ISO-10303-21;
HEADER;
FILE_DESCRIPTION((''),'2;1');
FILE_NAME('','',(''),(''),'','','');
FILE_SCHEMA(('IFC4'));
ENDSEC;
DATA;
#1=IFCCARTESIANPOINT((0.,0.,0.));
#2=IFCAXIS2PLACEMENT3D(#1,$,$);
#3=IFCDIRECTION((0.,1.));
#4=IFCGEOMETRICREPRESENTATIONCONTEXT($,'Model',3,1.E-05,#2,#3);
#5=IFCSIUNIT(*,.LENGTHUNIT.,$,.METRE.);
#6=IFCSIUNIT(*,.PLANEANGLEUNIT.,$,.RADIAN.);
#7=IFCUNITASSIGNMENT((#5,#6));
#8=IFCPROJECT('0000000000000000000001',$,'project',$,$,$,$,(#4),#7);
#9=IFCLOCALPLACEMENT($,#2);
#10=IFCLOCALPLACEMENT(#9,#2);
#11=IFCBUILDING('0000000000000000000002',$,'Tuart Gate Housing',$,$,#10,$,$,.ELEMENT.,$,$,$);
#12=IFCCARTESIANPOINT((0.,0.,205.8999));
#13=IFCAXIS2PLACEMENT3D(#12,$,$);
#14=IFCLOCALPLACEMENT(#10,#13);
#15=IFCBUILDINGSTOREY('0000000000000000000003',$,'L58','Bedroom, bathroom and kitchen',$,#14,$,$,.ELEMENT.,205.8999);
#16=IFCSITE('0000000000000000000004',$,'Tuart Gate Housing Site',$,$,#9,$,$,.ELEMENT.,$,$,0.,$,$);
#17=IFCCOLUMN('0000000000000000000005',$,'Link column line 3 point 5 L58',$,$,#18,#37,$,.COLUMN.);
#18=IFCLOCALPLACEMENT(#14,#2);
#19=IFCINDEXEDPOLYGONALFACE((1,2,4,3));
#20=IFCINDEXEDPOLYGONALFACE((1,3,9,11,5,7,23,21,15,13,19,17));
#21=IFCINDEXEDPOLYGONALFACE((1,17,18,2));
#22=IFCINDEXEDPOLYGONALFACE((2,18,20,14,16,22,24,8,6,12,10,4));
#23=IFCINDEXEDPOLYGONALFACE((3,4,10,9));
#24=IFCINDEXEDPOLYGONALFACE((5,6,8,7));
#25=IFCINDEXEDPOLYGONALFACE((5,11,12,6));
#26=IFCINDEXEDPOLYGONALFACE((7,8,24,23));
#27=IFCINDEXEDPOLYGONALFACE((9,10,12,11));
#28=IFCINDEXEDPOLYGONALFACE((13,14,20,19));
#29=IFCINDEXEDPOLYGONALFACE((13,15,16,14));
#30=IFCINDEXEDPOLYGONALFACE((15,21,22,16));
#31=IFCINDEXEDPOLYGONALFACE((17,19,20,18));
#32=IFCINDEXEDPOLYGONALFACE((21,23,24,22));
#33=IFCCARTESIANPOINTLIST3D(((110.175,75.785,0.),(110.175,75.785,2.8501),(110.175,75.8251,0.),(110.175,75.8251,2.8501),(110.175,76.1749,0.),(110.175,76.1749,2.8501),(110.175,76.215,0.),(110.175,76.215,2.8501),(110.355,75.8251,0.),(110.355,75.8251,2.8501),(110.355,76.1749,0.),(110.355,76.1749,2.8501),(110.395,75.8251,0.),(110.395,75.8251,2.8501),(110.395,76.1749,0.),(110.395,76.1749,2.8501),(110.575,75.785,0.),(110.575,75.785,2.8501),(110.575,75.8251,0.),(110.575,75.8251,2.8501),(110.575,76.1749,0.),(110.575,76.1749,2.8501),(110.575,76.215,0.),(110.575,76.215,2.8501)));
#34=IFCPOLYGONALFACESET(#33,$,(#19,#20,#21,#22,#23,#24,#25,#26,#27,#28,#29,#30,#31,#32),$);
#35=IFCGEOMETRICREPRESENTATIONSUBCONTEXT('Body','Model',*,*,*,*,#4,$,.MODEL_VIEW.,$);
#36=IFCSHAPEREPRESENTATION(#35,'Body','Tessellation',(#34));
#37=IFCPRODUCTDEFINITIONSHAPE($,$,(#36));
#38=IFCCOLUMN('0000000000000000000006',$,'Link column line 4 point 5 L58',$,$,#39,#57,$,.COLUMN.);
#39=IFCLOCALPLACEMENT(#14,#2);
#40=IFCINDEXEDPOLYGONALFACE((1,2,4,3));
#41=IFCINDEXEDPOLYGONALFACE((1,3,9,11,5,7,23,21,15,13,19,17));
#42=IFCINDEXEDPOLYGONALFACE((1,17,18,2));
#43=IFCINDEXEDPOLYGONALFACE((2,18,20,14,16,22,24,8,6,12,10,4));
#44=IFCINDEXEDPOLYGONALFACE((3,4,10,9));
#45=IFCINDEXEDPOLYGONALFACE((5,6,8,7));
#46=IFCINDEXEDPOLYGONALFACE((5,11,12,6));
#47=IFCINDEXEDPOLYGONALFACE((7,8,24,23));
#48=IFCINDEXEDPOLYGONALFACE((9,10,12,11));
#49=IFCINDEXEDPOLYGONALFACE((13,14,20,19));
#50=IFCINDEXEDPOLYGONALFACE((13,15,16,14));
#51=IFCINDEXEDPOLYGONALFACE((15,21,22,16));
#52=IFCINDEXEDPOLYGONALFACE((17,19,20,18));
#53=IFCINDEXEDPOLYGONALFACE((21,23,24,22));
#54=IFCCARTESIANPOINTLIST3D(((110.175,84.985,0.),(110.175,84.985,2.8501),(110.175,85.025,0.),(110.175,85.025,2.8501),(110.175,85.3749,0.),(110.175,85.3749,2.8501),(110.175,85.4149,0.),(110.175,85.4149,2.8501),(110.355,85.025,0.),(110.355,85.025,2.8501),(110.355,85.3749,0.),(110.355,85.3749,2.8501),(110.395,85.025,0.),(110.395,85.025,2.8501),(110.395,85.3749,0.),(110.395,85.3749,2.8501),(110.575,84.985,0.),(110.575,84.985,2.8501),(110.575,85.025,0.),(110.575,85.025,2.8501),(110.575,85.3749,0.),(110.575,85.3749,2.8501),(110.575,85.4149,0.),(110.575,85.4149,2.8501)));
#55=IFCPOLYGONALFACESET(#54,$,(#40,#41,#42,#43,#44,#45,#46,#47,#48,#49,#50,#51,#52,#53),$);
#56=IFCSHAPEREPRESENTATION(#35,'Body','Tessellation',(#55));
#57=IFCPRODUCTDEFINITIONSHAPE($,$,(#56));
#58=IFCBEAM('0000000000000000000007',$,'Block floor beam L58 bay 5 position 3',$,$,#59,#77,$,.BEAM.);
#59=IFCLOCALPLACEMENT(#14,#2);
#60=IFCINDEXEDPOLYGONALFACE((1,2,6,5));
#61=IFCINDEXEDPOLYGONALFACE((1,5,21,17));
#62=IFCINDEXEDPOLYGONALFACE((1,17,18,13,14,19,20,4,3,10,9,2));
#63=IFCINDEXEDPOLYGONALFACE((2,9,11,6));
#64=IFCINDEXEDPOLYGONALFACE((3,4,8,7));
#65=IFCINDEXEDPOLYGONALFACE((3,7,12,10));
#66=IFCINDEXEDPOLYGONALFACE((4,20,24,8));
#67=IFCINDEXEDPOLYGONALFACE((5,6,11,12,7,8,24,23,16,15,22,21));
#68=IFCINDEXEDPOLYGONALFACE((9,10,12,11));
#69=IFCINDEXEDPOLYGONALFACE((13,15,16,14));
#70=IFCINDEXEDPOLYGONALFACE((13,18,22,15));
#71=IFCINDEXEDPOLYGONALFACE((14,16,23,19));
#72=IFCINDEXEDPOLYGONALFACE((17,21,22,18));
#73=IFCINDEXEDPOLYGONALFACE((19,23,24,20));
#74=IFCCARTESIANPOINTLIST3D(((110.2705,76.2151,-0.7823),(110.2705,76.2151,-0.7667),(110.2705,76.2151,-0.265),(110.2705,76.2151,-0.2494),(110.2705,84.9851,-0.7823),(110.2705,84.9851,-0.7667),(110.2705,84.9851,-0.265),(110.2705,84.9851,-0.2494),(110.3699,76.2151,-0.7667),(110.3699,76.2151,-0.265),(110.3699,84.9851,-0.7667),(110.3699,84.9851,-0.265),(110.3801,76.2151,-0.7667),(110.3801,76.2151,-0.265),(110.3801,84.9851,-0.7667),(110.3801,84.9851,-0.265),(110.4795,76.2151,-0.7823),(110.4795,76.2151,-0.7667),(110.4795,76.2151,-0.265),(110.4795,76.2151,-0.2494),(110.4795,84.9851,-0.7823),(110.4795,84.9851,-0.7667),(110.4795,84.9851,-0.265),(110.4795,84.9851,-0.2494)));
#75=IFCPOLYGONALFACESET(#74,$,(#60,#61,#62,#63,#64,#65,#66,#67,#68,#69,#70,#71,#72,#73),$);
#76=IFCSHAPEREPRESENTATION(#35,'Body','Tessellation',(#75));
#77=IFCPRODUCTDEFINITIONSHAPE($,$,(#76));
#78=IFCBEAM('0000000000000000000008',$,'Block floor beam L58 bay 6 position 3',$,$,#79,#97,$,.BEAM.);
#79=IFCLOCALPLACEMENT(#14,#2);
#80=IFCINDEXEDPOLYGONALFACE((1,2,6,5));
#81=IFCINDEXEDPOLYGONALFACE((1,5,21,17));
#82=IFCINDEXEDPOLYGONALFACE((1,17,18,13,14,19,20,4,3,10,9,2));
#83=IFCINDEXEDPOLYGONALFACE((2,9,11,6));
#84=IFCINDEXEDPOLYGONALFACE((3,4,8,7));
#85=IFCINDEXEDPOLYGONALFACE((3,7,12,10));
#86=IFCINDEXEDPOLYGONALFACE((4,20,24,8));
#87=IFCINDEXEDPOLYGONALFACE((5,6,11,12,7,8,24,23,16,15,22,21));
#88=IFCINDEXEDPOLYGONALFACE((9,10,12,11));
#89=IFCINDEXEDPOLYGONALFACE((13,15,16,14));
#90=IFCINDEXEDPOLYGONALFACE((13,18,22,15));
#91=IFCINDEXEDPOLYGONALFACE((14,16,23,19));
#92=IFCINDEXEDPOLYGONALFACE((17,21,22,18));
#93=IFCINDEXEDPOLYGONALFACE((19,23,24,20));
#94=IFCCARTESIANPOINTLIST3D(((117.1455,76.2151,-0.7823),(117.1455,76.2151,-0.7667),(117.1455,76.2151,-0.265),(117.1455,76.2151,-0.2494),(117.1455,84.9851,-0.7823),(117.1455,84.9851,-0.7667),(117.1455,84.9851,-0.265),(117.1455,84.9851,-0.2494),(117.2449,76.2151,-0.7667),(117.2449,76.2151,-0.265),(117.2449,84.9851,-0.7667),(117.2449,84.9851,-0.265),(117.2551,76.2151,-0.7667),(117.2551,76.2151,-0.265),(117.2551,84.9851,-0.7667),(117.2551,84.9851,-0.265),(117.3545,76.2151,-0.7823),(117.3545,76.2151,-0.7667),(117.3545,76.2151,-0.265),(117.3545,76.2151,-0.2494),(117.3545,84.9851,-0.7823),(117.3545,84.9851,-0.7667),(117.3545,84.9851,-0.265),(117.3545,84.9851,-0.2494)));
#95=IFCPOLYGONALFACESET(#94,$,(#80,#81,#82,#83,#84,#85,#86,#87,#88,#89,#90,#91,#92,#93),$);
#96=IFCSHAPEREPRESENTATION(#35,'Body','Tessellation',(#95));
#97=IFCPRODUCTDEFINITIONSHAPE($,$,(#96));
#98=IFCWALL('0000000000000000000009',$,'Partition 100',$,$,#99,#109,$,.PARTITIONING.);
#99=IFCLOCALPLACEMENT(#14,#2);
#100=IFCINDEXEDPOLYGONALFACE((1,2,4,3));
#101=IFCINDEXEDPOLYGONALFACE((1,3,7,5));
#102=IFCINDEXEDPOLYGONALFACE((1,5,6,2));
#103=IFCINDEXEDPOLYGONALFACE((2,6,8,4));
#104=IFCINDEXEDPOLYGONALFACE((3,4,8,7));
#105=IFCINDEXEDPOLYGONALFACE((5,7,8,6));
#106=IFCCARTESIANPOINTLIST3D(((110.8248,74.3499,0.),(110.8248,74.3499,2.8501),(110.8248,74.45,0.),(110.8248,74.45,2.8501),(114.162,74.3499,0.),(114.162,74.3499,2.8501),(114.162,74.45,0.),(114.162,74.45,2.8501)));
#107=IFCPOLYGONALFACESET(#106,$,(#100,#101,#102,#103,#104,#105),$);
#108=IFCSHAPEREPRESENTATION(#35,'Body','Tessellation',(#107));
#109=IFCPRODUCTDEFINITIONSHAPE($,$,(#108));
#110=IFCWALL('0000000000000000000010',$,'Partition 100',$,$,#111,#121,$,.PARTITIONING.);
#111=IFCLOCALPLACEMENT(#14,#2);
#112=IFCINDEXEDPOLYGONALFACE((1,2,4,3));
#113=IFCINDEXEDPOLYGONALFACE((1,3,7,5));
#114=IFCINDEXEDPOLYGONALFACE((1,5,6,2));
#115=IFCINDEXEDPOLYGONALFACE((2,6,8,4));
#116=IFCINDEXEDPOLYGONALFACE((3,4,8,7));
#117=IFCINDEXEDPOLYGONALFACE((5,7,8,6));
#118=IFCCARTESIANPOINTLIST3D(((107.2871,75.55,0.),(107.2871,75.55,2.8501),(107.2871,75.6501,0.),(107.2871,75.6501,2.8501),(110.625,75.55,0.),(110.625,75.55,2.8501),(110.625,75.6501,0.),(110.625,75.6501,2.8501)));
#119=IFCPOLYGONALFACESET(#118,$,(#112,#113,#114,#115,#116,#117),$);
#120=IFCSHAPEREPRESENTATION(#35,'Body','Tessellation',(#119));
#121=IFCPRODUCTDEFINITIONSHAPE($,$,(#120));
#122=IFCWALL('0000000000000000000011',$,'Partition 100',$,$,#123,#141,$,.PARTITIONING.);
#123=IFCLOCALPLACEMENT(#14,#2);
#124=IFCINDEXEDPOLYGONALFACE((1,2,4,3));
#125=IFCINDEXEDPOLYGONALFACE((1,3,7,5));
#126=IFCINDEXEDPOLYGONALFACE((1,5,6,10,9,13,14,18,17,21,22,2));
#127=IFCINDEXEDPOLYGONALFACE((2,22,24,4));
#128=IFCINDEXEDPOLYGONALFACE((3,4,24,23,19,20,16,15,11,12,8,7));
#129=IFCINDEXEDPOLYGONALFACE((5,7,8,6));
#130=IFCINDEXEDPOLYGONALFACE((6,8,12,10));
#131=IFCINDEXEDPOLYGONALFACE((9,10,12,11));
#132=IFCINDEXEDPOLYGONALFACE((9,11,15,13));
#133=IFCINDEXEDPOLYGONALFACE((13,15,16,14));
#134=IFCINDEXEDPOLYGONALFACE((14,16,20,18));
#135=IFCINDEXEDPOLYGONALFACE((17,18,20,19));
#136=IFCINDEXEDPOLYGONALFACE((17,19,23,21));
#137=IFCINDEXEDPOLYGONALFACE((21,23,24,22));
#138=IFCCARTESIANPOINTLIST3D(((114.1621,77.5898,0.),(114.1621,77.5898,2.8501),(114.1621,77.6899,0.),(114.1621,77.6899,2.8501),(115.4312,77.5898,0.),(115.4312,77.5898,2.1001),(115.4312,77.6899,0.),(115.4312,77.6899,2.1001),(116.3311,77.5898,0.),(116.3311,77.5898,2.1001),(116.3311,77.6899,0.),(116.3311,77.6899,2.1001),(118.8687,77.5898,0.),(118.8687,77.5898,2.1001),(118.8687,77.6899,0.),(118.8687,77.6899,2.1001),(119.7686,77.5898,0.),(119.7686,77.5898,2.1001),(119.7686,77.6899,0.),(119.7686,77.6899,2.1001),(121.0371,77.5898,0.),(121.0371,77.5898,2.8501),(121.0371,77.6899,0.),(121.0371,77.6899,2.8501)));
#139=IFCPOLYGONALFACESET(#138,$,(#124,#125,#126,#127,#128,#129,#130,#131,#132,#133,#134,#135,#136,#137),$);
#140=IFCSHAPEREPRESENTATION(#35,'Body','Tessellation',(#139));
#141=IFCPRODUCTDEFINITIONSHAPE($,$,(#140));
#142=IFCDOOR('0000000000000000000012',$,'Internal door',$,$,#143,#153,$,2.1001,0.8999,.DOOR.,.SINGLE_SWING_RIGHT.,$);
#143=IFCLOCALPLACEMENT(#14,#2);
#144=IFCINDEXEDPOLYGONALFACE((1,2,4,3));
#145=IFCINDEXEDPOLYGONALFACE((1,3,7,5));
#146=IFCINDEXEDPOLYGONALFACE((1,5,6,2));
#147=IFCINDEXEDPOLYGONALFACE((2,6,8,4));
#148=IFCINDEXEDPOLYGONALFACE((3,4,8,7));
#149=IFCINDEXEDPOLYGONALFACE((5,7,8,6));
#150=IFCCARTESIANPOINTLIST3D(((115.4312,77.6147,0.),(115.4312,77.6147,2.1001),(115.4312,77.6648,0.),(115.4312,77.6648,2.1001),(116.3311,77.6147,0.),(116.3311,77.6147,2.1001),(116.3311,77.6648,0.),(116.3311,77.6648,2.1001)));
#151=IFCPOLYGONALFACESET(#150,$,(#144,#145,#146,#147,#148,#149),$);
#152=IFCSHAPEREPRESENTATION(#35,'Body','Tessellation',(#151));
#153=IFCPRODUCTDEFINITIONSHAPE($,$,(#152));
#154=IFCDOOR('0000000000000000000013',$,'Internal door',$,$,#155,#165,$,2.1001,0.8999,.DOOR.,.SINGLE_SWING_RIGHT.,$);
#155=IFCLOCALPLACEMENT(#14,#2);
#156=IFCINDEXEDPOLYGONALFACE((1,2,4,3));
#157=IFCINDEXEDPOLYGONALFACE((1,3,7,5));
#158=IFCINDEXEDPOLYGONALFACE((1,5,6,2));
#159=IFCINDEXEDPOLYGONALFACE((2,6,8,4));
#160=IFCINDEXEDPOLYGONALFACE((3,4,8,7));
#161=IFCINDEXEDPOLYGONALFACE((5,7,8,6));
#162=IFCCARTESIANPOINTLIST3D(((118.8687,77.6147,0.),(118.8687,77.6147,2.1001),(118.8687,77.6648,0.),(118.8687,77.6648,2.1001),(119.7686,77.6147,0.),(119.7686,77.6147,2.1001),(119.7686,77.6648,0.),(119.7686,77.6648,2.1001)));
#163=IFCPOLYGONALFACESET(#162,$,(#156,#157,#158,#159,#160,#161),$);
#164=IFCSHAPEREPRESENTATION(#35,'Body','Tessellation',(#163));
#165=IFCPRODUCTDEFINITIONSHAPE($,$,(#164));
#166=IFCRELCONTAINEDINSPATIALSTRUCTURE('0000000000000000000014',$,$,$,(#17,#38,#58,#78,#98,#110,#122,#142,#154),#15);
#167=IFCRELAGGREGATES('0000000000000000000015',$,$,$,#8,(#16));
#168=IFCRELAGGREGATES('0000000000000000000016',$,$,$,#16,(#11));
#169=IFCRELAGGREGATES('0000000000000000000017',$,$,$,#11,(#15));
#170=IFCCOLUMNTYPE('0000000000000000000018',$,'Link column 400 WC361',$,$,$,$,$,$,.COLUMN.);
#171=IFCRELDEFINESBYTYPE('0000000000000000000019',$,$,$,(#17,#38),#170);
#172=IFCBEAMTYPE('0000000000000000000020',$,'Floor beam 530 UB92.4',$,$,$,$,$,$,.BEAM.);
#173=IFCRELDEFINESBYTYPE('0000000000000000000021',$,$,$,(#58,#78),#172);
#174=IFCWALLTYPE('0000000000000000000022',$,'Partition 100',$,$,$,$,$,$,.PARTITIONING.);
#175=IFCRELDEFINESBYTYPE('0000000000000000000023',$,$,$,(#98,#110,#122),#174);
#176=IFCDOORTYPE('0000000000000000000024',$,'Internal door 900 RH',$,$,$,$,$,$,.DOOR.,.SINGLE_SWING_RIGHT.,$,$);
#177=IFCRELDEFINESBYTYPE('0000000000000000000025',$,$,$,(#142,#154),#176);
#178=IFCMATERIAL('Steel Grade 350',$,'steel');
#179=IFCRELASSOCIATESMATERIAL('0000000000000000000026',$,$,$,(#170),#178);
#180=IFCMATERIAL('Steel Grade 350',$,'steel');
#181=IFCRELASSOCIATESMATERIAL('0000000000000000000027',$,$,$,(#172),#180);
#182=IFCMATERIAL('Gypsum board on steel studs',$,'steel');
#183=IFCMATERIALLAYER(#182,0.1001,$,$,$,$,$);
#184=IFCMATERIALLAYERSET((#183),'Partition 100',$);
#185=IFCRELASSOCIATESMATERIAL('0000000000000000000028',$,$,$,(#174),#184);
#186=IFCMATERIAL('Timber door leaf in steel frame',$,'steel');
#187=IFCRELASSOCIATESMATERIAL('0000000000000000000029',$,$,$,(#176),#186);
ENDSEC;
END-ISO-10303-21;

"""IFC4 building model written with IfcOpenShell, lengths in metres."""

from ifc_helpers import new_model, si_unit, direction, frame, frame_2d, origin, origin_2d, place, context, subcontext, project, spatial, rectangle, i_section, extrude, material, layer, layer_set, material_profile, profile_set, type_object, element, fill, save


model = new_model("IFC4")

# Units and contexts
model_context = context("Model", 3, precision=1e-05, world=origin(), true_north=direction((0.0, 1.0)))
body_context = subcontext(model_context, "Body", "Model", "MODEL_VIEW")
ifc_project = project(units=[si_unit("LENGTHUNIT", "METRE"), si_unit("PLANEANGLEUNIT", "RADIAN")], contexts=[model_context])

# Site, building, storey
site_placement = place(None, origin())
site = spatial("IfcSite", under=ifc_project, at=site_placement, Name="Tuart Gate Housing Site", CompositionType="ELEMENT", RefElevation=0.0)
building_placement = place(site_placement, origin())
building = spatial("IfcBuilding", under=site, at=building_placement, Name="Tuart Gate Housing", CompositionType="ELEMENT")
storey_placement = place(building_placement, frame((0.0, 0.0, 205.8999)))
storey = spatial("IfcBuildingStorey", under=building, at=storey_placement, Name="L58", Description="Bedroom, bathroom and kitchen", CompositionType="ELEMENT", Elevation=205.8999)

# Columns
ifc_material_1 = material(Name="Steel Grade 350", Category="steel")
ifc_material_profile_1 = material_profile(ifc_material_1, i_section(OverallWidth=0.3999, OverallDepth=0.4299, WebThickness=0.04, FlangeThickness=0.04, at=origin_2d()), Name="400WC361")
ifc_profile_set_1 = profile_set([ifc_material_profile_1], Name="Steel Grade 350")
column_type = type_object("IfcColumnType", Name="Link column 400 WC361", PredefinedType="COLUMN", material=ifc_profile_set_1)
for number, where, z_axis, x_axis, name in (
    (1, (110.375, 76.0, 0.0), (0.0, 0.0, 1.0), (1.0, 0.0, 0.0), "Link column line 3 point 5 L58"),
    (2, (110.375, 85.2, 0.0), (0.0, 0.0, 1.0), (1.0, 0.0, 0.0), "Link column line 4 point 5 L58"),
):
    element("IfcColumn", number, at=place(storey_placement, frame(where, z_axis=z_axis, x_axis=x_axis)), inside=storey, type_object=column_type, Name=name, PredefinedType="COLUMN", context=body_context, shape_type="SweptSolid", body=[
        extrude(i_section(OverallWidth=0.3999, OverallDepth=0.4299, WebThickness=0.04, FlangeThickness=0.04, at=origin_2d()), origin(), (0.0, 0.0, 1.0), 2.8501),
    ])

# Beams
ifc_material_2 = material(Name="Steel Grade 350", Category="steel")
ifc_material_profile_2 = material_profile(ifc_material_2, i_section(OverallWidth=0.209, OverallDepth=0.533, WebThickness=0.0103, FlangeThickness=0.0156, at=origin_2d()), Name="530UB92.4")
ifc_profile_set_2 = profile_set([ifc_material_profile_2], Name="Steel Grade 350")
beam_type = type_object("IfcBeamType", Name="Floor beam 530 UB92.4", PredefinedType="BEAM", material=ifc_profile_set_2)
for number, where, z_axis, x_axis, name in (
    (3, (110.375, 76.2151, -0.5159), (0.0, 1.0, 0.0), (-1.0, 0.0, 0.0), "Block floor beam L58 bay 5 position 3"),
    (4, (117.25, 76.2151, -0.5159), (0.0, 1.0, 0.0), (-1.0, 0.0, 0.0), "Block floor beam L58 bay 6 position 3"),
):
    element("IfcBeam", number, at=place(storey_placement, frame(where, z_axis=z_axis, x_axis=x_axis)), inside=storey, type_object=beam_type, Name=name, PredefinedType="BEAM", context=body_context, shape_type="SweptSolid", body=[
        extrude(i_section(OverallWidth=0.209, OverallDepth=0.533, WebThickness=0.0103, FlangeThickness=0.0156, at=origin_2d()), origin(), (0.0, 0.0, 1.0), 8.77),
    ])

# Walls
ifc_material_3 = material(Name="Gypsum board on steel studs", Category="steel")
ifc_layer_1 = layer(ifc_material_3, 0.1001)
ifc_layer_set_1 = layer_set([ifc_layer_1], Name="Partition 100")
wall_type_1 = type_object("IfcWallType", Name="Partition 100", PredefinedType="PARTITIONING", material=ifc_layer_set_1)
wall_1_placement = place(storey_placement, frame((110.825, 74.3999, 0.0), z_axis=(0.0, 0.0, 1.0), x_axis=(1.0, 0.0, 0.0)))
element("IfcWall", 5, at=wall_1_placement, inside=storey, type_object=wall_type_1, Name="Partition 100", PredefinedType="PARTITIONING", context=body_context, shape_type="SweptSolid", body=[
    extrude(rectangle(XDim=3.3372, YDim=0.1001, at=frame_2d((1.6685, 0.0))), origin(), (0.0, 0.0, 1.0), 2.8501),
])
wall_2_placement = place(storey_placement, frame((107.2871, 75.6001, 0.0), z_axis=(0.0, 0.0, 1.0), x_axis=(1.0, 0.0, 0.0)))
element("IfcWall", 6, at=wall_2_placement, inside=storey, type_object=wall_type_1, Name="Partition 100", PredefinedType="PARTITIONING", context=body_context, shape_type="SweptSolid", body=[
    extrude(rectangle(XDim=3.3379, YDim=0.1001, at=frame_2d((1.6689, 0.0))), origin(), (0.0, 0.0, 1.0), 2.8501),
])

# Wall, openings, doors
wall_3_placement = place(storey_placement, frame((114.1621, 77.6399, 0.0), z_axis=(0.0, 0.0, 1.0), x_axis=(1.0, 0.0, 0.0)))
wall_3 = element("IfcWall", 7, at=wall_3_placement, inside=storey, type_object=wall_type_1, Name="Partition 100", PredefinedType="PARTITIONING", context=body_context, shape_type="SweptSolid", body=[
    extrude(rectangle(XDim=6.875, YDim=0.1001, at=frame_2d((3.4375, 0.0))), origin(), (0.0, 0.0, 1.0), 2.8501),
])
opening_1_placement = place(wall_3_placement, frame((1.269, 0.0, 0.0)))
opening_1 = element("IfcOpeningElement", 8, at=opening_1_placement, cuts=wall_3, PredefinedType="OPENING", context=body_context, shape_type="SweptSolid", body=[
    extrude(rectangle(XDim=0.8999, YDim=2.1001, at=frame_2d((0.45, 1.05))), frame((0.0, 0.0601, 0.0), z_axis=(0.0, -1.0, 0.0), x_axis=(1.0, 0.0, 0.0)), (0.0, 0.0, 1.0), 0.1201),
])
opening_2_placement = place(wall_3_placement, frame((4.7065, 0.0, 0.0)))
opening_2 = element("IfcOpeningElement", 9, at=opening_2_placement, cuts=wall_3, PredefinedType="OPENING", context=body_context, shape_type="SweptSolid", body=[
    extrude(rectangle(XDim=0.8999, YDim=2.1001, at=frame_2d((0.45, 1.05))), frame((0.0, 0.0601, 0.0), z_axis=(0.0, -1.0, 0.0), x_axis=(1.0, 0.0, 0.0)), (0.0, 0.0, 1.0), 0.1201),
])
ifc_material_4 = material(Name="Timber door leaf in steel frame", Category="steel")
door_type_1 = type_object("IfcDoorType", Name="Internal door 900 RH", OperationType="SINGLE_SWING_RIGHT", PredefinedType="DOOR", material=ifc_material_4)
door_1_placement = place(opening_1_placement, frame((0.8999, 0.0, 0.0), z_axis=(0.0, 0.0, 1.0), x_axis=(-1.0, 0.0, 0.0)))
door_1 = element("IfcDoor", 10, at=door_1_placement, inside=storey, type_object=door_type_1, Name="Internal door", OperationType="SINGLE_SWING_RIGHT", OverallHeight=2.1001, OverallWidth=0.8999, PredefinedType="DOOR", context=body_context, shape_type="SweptSolid", body=[
    extrude(rectangle(XDim=0.8999, YDim=2.1001, at=frame_2d((0.45, 1.05))), frame((0.0, 0.0251, 0.0), z_axis=(0.0, -1.0, 0.0), x_axis=(1.0, 0.0, 0.0)), (0.0, 0.0, 1.0), 0.05),
])
fill(opening_1, door_1)
door_2_placement = place(opening_2_placement, frame((0.8999, 0.0, 0.0), z_axis=(0.0, 0.0, 1.0), x_axis=(-1.0, 0.0, 0.0)))
door_2 = element("IfcDoor", 11, at=door_2_placement, inside=storey, type_object=door_type_1, Name="Internal door", OperationType="SINGLE_SWING_RIGHT", OverallHeight=2.1001, OverallWidth=0.8999, PredefinedType="DOOR", context=body_context, shape_type="SweptSolid", body=[
    extrude(rectangle(XDim=0.8999, YDim=2.1001, at=frame_2d((0.45, 1.05))), frame((0.0, 0.0251, 0.0), z_axis=(0.0, -1.0, 0.0), x_axis=(1.0, 0.0, 0.0)), (0.0, 0.0, 1.0), 0.05),
])
fill(opening_2, door_2)

save(model, "model.ifc")
